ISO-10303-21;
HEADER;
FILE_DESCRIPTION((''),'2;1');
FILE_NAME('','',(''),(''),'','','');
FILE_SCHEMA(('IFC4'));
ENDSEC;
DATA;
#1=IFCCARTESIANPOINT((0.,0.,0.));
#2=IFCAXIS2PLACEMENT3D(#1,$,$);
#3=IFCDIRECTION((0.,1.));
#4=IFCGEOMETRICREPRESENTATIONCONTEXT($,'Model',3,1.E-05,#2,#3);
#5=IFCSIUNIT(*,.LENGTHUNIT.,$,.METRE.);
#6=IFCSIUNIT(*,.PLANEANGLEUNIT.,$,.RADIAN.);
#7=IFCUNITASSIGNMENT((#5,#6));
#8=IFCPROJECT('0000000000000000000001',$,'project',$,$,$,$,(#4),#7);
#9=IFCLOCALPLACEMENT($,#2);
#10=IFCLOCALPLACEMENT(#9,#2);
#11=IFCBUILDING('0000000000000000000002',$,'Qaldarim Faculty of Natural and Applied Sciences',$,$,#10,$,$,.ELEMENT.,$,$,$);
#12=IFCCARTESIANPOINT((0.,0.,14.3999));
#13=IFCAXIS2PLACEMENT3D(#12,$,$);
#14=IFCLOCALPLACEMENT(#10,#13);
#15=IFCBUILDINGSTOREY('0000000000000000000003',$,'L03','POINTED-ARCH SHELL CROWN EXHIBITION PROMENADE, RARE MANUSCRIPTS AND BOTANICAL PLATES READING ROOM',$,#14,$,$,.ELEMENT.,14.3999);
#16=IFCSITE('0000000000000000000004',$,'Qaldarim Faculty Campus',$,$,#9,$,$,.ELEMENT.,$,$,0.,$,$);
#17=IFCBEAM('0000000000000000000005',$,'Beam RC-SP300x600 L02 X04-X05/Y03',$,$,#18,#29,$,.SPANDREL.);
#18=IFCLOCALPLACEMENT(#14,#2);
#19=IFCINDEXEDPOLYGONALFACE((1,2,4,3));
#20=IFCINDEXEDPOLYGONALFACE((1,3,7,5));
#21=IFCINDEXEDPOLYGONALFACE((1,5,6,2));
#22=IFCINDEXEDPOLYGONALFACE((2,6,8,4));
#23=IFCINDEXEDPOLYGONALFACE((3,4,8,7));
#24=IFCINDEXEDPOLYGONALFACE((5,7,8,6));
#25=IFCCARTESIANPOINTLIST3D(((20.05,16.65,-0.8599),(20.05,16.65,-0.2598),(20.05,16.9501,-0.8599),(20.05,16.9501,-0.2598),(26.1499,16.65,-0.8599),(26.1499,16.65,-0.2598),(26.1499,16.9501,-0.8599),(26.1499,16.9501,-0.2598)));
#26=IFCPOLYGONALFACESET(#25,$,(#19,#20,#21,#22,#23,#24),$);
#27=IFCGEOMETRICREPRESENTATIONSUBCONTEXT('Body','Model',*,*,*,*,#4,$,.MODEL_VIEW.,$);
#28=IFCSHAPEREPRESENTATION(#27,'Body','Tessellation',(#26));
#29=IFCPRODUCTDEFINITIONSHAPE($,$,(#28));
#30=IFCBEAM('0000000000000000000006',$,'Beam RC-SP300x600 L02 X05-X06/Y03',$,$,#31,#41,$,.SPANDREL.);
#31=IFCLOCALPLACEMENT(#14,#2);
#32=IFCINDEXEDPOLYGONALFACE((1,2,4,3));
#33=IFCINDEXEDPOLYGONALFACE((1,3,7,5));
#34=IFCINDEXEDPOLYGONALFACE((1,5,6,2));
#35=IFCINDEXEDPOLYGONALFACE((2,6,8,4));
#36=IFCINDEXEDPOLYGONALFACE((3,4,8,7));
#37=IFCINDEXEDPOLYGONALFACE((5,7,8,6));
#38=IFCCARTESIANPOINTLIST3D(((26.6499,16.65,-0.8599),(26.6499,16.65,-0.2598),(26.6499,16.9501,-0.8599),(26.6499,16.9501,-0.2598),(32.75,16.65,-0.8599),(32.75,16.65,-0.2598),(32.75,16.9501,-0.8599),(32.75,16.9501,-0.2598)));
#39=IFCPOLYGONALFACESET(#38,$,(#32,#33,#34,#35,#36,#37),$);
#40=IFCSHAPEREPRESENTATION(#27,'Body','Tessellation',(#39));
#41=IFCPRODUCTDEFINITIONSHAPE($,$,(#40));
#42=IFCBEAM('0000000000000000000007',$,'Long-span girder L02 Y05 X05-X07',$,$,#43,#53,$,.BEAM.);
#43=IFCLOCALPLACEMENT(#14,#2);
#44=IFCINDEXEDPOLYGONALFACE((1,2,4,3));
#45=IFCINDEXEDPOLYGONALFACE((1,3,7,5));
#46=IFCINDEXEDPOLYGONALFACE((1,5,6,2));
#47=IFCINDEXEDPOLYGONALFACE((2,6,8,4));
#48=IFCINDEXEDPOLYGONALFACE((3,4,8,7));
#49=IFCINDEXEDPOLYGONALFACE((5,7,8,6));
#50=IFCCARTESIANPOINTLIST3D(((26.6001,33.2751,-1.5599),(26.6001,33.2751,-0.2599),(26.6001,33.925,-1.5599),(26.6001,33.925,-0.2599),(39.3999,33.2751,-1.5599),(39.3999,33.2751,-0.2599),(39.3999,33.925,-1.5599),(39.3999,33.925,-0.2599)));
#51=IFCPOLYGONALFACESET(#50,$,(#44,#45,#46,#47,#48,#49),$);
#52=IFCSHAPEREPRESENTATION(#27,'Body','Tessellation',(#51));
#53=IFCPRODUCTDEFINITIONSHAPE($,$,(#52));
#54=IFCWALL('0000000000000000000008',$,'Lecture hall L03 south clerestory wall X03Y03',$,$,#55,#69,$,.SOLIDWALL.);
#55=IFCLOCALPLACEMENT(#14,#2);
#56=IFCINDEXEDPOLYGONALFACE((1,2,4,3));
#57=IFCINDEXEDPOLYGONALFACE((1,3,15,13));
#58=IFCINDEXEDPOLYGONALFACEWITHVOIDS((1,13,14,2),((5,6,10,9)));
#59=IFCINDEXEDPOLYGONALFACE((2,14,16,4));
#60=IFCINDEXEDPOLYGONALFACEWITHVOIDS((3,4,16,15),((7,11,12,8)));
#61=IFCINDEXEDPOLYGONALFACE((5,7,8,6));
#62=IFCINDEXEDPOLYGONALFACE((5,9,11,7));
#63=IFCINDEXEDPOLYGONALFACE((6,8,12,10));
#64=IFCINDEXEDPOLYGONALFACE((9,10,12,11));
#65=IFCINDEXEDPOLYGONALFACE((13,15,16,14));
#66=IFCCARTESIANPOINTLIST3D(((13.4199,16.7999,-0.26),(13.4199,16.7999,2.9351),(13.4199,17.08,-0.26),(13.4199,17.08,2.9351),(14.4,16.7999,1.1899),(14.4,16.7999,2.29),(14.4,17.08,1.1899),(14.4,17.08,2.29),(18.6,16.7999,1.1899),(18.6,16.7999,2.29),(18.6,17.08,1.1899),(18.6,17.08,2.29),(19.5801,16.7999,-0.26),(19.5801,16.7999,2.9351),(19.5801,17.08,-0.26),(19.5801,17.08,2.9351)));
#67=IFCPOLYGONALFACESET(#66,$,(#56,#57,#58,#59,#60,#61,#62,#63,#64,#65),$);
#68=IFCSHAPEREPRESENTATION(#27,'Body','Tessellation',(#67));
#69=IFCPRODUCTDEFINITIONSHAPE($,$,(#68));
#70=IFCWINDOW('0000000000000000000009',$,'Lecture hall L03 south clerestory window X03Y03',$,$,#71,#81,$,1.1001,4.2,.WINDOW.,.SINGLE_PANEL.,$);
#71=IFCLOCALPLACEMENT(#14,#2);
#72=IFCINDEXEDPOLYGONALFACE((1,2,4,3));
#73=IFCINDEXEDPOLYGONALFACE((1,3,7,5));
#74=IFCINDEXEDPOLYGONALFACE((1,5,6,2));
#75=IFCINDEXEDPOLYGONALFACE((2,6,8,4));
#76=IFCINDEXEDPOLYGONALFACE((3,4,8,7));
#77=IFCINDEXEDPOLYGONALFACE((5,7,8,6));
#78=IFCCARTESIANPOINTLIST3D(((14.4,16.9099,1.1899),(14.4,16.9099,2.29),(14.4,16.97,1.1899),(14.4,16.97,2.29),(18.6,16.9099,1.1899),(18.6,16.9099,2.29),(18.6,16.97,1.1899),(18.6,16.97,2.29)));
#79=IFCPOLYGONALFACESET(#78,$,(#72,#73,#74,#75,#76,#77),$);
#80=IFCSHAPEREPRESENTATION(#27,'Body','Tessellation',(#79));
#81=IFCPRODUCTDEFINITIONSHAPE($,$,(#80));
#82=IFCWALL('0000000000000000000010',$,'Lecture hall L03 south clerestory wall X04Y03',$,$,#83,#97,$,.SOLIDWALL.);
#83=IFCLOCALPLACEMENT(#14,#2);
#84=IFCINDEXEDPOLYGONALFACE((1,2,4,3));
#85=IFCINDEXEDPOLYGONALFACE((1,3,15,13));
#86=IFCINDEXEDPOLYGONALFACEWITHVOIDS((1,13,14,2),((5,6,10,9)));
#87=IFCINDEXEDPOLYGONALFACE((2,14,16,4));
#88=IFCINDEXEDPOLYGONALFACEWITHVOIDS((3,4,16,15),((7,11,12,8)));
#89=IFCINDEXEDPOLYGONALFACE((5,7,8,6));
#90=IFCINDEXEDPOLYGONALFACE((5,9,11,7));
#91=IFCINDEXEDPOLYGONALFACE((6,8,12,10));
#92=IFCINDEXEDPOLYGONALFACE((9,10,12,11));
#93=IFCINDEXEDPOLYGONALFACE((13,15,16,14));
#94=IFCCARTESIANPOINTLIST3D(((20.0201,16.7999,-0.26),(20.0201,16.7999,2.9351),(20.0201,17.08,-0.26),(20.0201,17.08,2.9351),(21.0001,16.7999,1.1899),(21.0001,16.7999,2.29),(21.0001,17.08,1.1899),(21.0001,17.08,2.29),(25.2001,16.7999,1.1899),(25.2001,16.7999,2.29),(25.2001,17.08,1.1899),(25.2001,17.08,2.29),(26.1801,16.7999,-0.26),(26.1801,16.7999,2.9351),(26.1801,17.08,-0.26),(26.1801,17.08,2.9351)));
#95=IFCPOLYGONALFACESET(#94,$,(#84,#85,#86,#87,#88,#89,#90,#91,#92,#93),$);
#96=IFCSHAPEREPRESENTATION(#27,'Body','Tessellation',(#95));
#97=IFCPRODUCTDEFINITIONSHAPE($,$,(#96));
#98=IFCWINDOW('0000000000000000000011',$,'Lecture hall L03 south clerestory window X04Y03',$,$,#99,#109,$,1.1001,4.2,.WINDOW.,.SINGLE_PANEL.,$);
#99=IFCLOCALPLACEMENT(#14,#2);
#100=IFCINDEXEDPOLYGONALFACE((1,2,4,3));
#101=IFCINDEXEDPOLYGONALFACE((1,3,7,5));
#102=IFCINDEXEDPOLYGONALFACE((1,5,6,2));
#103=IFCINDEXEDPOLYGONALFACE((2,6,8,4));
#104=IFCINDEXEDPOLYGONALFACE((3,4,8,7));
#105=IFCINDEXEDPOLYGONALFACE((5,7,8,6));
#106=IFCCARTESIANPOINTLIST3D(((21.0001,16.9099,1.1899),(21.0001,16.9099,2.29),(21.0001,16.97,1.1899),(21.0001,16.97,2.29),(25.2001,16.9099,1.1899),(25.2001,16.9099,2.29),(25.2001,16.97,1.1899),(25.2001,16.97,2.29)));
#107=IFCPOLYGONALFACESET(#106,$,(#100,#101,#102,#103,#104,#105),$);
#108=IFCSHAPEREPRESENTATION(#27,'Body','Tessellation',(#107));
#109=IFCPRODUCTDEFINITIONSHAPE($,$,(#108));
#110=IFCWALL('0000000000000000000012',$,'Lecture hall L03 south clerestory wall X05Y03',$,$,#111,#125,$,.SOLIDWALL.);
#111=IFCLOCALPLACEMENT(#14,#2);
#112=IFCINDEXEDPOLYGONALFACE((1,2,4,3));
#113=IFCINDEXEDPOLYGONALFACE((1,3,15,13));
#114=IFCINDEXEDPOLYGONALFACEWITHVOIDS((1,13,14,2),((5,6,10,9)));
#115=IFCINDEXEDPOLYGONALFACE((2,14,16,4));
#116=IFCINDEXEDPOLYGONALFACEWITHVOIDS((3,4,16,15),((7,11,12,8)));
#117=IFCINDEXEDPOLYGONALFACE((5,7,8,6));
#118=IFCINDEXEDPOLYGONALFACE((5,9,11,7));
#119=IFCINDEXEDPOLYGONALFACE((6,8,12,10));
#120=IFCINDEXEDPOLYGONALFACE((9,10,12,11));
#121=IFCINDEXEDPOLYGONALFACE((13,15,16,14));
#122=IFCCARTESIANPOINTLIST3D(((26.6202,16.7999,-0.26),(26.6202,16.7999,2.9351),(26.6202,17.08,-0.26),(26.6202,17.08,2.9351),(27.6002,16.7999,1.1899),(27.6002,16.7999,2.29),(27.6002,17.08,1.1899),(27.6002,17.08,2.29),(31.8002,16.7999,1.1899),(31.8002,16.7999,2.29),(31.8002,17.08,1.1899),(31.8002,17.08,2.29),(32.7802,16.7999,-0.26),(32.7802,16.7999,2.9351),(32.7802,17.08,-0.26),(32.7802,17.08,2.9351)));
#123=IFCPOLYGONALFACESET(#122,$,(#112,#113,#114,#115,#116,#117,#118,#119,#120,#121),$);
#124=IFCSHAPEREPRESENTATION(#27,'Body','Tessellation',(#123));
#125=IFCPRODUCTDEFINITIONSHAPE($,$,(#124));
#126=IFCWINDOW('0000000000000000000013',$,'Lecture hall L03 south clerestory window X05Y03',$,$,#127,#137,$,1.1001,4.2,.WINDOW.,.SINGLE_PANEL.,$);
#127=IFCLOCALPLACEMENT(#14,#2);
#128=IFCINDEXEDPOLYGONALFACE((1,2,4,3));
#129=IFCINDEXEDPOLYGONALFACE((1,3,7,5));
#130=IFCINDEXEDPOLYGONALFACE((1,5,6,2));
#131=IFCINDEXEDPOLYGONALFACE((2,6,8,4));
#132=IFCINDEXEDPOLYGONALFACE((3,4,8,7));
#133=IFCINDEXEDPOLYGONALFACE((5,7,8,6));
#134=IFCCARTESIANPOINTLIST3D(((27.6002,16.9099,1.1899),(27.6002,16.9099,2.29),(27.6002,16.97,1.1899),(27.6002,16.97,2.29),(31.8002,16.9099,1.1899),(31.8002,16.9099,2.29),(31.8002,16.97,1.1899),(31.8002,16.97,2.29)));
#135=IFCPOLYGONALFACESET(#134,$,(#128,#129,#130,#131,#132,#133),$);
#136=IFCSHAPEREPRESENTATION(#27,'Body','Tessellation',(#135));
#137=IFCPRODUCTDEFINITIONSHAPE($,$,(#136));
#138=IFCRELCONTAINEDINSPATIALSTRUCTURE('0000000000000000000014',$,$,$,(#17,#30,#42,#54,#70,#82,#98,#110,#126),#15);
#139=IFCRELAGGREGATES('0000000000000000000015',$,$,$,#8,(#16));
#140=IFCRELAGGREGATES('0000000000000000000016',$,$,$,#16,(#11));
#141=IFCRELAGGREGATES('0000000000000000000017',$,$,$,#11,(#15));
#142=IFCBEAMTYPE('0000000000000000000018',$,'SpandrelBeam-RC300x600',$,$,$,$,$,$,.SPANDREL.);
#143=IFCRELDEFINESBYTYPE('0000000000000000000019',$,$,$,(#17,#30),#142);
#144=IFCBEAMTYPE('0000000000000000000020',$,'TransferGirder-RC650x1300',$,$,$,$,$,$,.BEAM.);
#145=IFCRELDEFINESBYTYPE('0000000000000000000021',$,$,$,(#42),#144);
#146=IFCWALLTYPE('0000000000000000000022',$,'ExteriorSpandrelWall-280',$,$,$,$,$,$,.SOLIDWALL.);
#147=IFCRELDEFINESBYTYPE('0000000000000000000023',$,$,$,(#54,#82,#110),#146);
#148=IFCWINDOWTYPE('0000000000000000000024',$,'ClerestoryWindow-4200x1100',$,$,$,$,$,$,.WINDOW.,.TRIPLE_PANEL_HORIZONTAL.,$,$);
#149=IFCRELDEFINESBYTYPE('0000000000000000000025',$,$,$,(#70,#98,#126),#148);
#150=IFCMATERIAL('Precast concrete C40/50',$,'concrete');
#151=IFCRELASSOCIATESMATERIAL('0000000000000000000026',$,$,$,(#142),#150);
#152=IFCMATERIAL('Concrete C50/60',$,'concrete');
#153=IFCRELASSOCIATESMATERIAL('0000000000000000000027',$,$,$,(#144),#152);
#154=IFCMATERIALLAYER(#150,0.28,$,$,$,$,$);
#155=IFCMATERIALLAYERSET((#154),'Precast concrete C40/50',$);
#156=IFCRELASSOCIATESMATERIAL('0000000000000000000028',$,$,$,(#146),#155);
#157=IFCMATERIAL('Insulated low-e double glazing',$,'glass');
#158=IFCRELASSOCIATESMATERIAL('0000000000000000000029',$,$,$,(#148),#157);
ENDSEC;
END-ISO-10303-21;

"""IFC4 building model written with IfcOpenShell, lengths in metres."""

from ifc_helpers import new_model, si_unit, direction, frame, frame_2d, origin, origin_2d, place, context, subcontext, project, spatial, rectangle, extrude, material, layer, layer_set, material_profile, profile_set, type_object, element, fill, save


model = new_model("IFC4")

# Units and contexts
model_context = context("Model", 3, precision=1e-05, world=origin(), true_north=direction((0.0, 1.0)))
body_context = subcontext(model_context, "Body", "Model", "MODEL_VIEW")
ifc_project = project(units=[si_unit("LENGTHUNIT", "METRE"), si_unit("PLANEANGLEUNIT", "RADIAN")], contexts=[model_context])

# Site, building, storey
site_placement = place(None, origin())
site = spatial("IfcSite", under=ifc_project, at=site_placement, Name="Qaldarim Faculty Campus", CompositionType="ELEMENT", RefElevation=0.0)
building_placement = place(site_placement, origin())
building = spatial("IfcBuilding", under=site, at=building_placement, Name="Qaldarim Faculty of Natural and Applied Sciences", CompositionType="ELEMENT")
storey_placement = place(building_placement, frame((0.0, 0.0, 14.3999)))
storey = spatial("IfcBuildingStorey", under=building, at=storey_placement, Name="L03", Description="POINTED-ARCH SHELL CROWN EXHIBITION PROMENADE, RARE MANUSCRIPTS AND BOTANICAL PLATES READING ROOM", CompositionType="ELEMENT", Elevation=14.3999)

# Beams
ifc_material_1 = material(Name="Precast concrete C40/50", Category="concrete")
ifc_material_profile_1 = material_profile(ifc_material_1, rectangle(XDim=0.3, YDim=0.6001, at=origin_2d()), Name="RC-SP300x600")
ifc_profile_set_1 = profile_set([ifc_material_profile_1], Name="Precast concrete C40/50")
beam_type_1 = type_object("IfcBeamType", Name="SpandrelBeam-RC300x600", PredefinedType="SPANDREL", material=ifc_profile_set_1)
beam_1_placement = place(storey_placement, frame((20.05, 16.8, -0.5598), z_axis=(1.0, 0.0, 0.0), x_axis=(0.0, 1.0, 0.0)))
element("IfcBeam", 1, at=beam_1_placement, inside=storey, type_object=beam_type_1, Name="Beam RC-SP300x600 L02 X04-X05/Y03", PredefinedType="SPANDREL", context=body_context, shape_type="SweptSolid", body=[
    extrude(rectangle(XDim=0.3, YDim=0.6001, at=origin_2d()), origin(), (0.0, 0.0, 1.0), 6.0999),
])
beam_2_placement = place(storey_placement, frame((26.6499, 16.8, -0.5598), z_axis=(1.0, 0.0, 0.0), x_axis=(0.0, 1.0, 0.0)))
element("IfcBeam", 2, at=beam_2_placement, inside=storey, type_object=beam_type_1, Name="Beam RC-SP300x600 L02 X05-X06/Y03", PredefinedType="SPANDREL", context=body_context, shape_type="SweptSolid", body=[
    extrude(rectangle(XDim=0.3, YDim=0.6001, at=origin_2d()), origin(), (0.0, 0.0, 1.0), 6.1001),
])
ifc_material_2 = material(Name="Concrete C50/60", Category="concrete")
ifc_material_profile_2 = material_profile(ifc_material_2, rectangle(XDim=0.6499, YDim=1.3, at=origin_2d()), Name="RC-TG650x1300")
ifc_profile_set_2 = profile_set([ifc_material_profile_2], Name="Concrete C50/60")
beam_type_2 = type_object("IfcBeamType", Name="TransferGirder-RC650x1300", PredefinedType="BEAM", material=ifc_profile_set_2)
beam_3_placement = place(storey_placement, frame((26.6001, 33.6001, -0.9099), z_axis=(1.0, 0.0, 0.0), x_axis=(0.0, 1.0, 0.0)))
element("IfcBeam", 3, at=beam_3_placement, inside=storey, type_object=beam_type_2, Name="Long-span girder L02 Y05 X05-X07", PredefinedType="BEAM", context=body_context, shape_type="SweptSolid", body=[
    extrude(rectangle(XDim=0.6499, YDim=1.3, at=origin_2d()), origin(), (0.0, 0.0, 1.0), 12.7998),
])

# Walls, openings, windows
ifc_layer = layer(ifc_material_1, 0.28)
ifc_layer_set = layer_set([ifc_layer], Name="Precast concrete C40/50")
wall_type = type_object("IfcWallType", Name="ExteriorSpandrelWall-280", PredefinedType="SOLIDWALL", material=ifc_layer_set)
wall_1_placement = place(storey_placement, frame((13.4199, 16.9399, -0.26), z_axis=(0.0, 0.0, 1.0), x_axis=(1.0, 0.0, 0.0)))
wall_1 = element("IfcWall", 4, at=wall_1_placement, inside=storey, type_object=wall_type, Name="Lecture hall L03 south clerestory wall X03Y03", PredefinedType="SOLIDWALL", context=body_context, shape_type="SweptSolid", body=[
    extrude(rectangle(XDim=6.1602, YDim=0.28, at=frame_2d((3.0801, 0.0))), origin(), (0.0, 0.0, 1.0), 3.1951),
])
opening_1_placement = place(wall_1_placement, frame((0.98, 0.0, 1.45)))
opening_1 = element("IfcOpeningElement", 5, at=opening_1_placement, cuts=wall_1, PredefinedType="OPENING", context=body_context, shape_type="SweptSolid", body=[
    extrude(rectangle(XDim=4.2, YDim=1.1001, at=frame_2d((2.1001, 0.55))), frame((0.0, 0.1499, 0.0), z_axis=(0.0, -1.0, 0.0), x_axis=(1.0, 0.0, 0.0)), (0.0, 0.0, 1.0), 0.3),
])
ifc_material_3 = material(Name="Insulated low-e double glazing", Category="glass")
window_type = type_object("IfcWindowType", Name="ClerestoryWindow-4200x1100", PartitioningType="TRIPLE_PANEL_HORIZONTAL", PredefinedType="WINDOW", material=ifc_material_3)
window_1_placement = place(opening_1_placement, origin())
window_1 = element("IfcWindow", 6, at=window_1_placement, inside=storey, type_object=window_type, Name="Lecture hall L03 south clerestory window X03Y03", OverallHeight=1.1001, OverallWidth=4.2, PartitioningType="SINGLE_PANEL", PredefinedType="WINDOW", context=body_context, shape_type="SweptSolid", body=[
    extrude(rectangle(XDim=4.2, YDim=1.1001, at=frame_2d((2.1001, 0.55))), frame((0.0, 0.03, 0.0), z_axis=(0.0, -1.0, 0.0), x_axis=(1.0, 0.0, 0.0)), (0.0, 0.0, 1.0), 0.0601),
])
fill(opening_1, window_1)
wall_2_placement = place(storey_placement, frame((20.02, 16.9399, -0.26), z_axis=(0.0, 0.0, 1.0), x_axis=(1.0, 0.0, 0.0)))
wall_2 = element("IfcWall", 7, at=wall_2_placement, inside=storey, type_object=wall_type, Name="Lecture hall L03 south clerestory wall X04Y03", PredefinedType="SOLIDWALL", context=body_context, shape_type="SweptSolid", body=[
    extrude(rectangle(XDim=6.1599, YDim=0.28, at=frame_2d((3.0801, 0.0))), origin(), (0.0, 0.0, 1.0), 3.1951),
])
opening_2_placement = place(wall_2_placement, frame((0.98, 0.0, 1.45)))
opening_2 = element("IfcOpeningElement", 8, at=opening_2_placement, cuts=wall_2, PredefinedType="OPENING", context=body_context, shape_type="SweptSolid", body=[
    extrude(rectangle(XDim=4.2, YDim=1.1001, at=frame_2d((2.1001, 0.55))), frame((0.0, 0.1499, 0.0), z_axis=(0.0, -1.0, 0.0), x_axis=(1.0, 0.0, 0.0)), (0.0, 0.0, 1.0), 0.3),
])
window_2_placement = place(opening_2_placement, origin())
window_2 = element("IfcWindow", 9, at=window_2_placement, inside=storey, type_object=window_type, Name="Lecture hall L03 south clerestory window X04Y03", OverallHeight=1.1001, OverallWidth=4.2, PartitioningType="SINGLE_PANEL", PredefinedType="WINDOW", context=body_context, shape_type="SweptSolid", body=[
    extrude(rectangle(XDim=4.2, YDim=1.1001, at=frame_2d((2.1001, 0.55))), frame((0.0, 0.03, 0.0), z_axis=(0.0, -1.0, 0.0), x_axis=(1.0, 0.0, 0.0)), (0.0, 0.0, 1.0), 0.0601),
])
fill(opening_2, window_2)
wall_3_placement = place(storey_placement, frame((26.6201, 16.9399, -0.26), z_axis=(0.0, 0.0, 1.0), x_axis=(1.0, 0.0, 0.0)))
wall_3 = element("IfcWall", 10, at=wall_3_placement, inside=storey, type_object=wall_type, Name="Lecture hall L03 south clerestory wall X05Y03", PredefinedType="SOLIDWALL", context=body_context, shape_type="SweptSolid", body=[
    extrude(rectangle(XDim=6.1599, YDim=0.28, at=frame_2d((3.0801, 0.0))), origin(), (0.0, 0.0, 1.0), 3.1951),
])
opening_3_placement = place(wall_3_placement, frame((0.98, 0.0, 1.45)))
opening_3 = element("IfcOpeningElement", 11, at=opening_3_placement, cuts=wall_3, PredefinedType="OPENING", context=body_context, shape_type="SweptSolid", body=[
    extrude(rectangle(XDim=4.2, YDim=1.1001, at=frame_2d((2.1001, 0.55))), frame((0.0, 0.1499, 0.0), z_axis=(0.0, -1.0, 0.0), x_axis=(1.0, 0.0, 0.0)), (0.0, 0.0, 1.0), 0.3),
])
window_3_placement = place(opening_3_placement, origin())
window_3 = element("IfcWindow", 12, at=window_3_placement, inside=storey, type_object=window_type, Name="Lecture hall L03 south clerestory window X05Y03", OverallHeight=1.1001, OverallWidth=4.2, PartitioningType="SINGLE_PANEL", PredefinedType="WINDOW", context=body_context, shape_type="SweptSolid", body=[
    extrude(rectangle(XDim=4.2, YDim=1.1001, at=frame_2d((2.1001, 0.55))), frame((0.0, 0.03, 0.0), z_axis=(0.0, -1.0, 0.0), x_axis=(1.0, 0.0, 0.0)), (0.0, 0.0, 1.0), 0.0601),
])
fill(opening_3, window_3)

save(model, "model.ifc")
